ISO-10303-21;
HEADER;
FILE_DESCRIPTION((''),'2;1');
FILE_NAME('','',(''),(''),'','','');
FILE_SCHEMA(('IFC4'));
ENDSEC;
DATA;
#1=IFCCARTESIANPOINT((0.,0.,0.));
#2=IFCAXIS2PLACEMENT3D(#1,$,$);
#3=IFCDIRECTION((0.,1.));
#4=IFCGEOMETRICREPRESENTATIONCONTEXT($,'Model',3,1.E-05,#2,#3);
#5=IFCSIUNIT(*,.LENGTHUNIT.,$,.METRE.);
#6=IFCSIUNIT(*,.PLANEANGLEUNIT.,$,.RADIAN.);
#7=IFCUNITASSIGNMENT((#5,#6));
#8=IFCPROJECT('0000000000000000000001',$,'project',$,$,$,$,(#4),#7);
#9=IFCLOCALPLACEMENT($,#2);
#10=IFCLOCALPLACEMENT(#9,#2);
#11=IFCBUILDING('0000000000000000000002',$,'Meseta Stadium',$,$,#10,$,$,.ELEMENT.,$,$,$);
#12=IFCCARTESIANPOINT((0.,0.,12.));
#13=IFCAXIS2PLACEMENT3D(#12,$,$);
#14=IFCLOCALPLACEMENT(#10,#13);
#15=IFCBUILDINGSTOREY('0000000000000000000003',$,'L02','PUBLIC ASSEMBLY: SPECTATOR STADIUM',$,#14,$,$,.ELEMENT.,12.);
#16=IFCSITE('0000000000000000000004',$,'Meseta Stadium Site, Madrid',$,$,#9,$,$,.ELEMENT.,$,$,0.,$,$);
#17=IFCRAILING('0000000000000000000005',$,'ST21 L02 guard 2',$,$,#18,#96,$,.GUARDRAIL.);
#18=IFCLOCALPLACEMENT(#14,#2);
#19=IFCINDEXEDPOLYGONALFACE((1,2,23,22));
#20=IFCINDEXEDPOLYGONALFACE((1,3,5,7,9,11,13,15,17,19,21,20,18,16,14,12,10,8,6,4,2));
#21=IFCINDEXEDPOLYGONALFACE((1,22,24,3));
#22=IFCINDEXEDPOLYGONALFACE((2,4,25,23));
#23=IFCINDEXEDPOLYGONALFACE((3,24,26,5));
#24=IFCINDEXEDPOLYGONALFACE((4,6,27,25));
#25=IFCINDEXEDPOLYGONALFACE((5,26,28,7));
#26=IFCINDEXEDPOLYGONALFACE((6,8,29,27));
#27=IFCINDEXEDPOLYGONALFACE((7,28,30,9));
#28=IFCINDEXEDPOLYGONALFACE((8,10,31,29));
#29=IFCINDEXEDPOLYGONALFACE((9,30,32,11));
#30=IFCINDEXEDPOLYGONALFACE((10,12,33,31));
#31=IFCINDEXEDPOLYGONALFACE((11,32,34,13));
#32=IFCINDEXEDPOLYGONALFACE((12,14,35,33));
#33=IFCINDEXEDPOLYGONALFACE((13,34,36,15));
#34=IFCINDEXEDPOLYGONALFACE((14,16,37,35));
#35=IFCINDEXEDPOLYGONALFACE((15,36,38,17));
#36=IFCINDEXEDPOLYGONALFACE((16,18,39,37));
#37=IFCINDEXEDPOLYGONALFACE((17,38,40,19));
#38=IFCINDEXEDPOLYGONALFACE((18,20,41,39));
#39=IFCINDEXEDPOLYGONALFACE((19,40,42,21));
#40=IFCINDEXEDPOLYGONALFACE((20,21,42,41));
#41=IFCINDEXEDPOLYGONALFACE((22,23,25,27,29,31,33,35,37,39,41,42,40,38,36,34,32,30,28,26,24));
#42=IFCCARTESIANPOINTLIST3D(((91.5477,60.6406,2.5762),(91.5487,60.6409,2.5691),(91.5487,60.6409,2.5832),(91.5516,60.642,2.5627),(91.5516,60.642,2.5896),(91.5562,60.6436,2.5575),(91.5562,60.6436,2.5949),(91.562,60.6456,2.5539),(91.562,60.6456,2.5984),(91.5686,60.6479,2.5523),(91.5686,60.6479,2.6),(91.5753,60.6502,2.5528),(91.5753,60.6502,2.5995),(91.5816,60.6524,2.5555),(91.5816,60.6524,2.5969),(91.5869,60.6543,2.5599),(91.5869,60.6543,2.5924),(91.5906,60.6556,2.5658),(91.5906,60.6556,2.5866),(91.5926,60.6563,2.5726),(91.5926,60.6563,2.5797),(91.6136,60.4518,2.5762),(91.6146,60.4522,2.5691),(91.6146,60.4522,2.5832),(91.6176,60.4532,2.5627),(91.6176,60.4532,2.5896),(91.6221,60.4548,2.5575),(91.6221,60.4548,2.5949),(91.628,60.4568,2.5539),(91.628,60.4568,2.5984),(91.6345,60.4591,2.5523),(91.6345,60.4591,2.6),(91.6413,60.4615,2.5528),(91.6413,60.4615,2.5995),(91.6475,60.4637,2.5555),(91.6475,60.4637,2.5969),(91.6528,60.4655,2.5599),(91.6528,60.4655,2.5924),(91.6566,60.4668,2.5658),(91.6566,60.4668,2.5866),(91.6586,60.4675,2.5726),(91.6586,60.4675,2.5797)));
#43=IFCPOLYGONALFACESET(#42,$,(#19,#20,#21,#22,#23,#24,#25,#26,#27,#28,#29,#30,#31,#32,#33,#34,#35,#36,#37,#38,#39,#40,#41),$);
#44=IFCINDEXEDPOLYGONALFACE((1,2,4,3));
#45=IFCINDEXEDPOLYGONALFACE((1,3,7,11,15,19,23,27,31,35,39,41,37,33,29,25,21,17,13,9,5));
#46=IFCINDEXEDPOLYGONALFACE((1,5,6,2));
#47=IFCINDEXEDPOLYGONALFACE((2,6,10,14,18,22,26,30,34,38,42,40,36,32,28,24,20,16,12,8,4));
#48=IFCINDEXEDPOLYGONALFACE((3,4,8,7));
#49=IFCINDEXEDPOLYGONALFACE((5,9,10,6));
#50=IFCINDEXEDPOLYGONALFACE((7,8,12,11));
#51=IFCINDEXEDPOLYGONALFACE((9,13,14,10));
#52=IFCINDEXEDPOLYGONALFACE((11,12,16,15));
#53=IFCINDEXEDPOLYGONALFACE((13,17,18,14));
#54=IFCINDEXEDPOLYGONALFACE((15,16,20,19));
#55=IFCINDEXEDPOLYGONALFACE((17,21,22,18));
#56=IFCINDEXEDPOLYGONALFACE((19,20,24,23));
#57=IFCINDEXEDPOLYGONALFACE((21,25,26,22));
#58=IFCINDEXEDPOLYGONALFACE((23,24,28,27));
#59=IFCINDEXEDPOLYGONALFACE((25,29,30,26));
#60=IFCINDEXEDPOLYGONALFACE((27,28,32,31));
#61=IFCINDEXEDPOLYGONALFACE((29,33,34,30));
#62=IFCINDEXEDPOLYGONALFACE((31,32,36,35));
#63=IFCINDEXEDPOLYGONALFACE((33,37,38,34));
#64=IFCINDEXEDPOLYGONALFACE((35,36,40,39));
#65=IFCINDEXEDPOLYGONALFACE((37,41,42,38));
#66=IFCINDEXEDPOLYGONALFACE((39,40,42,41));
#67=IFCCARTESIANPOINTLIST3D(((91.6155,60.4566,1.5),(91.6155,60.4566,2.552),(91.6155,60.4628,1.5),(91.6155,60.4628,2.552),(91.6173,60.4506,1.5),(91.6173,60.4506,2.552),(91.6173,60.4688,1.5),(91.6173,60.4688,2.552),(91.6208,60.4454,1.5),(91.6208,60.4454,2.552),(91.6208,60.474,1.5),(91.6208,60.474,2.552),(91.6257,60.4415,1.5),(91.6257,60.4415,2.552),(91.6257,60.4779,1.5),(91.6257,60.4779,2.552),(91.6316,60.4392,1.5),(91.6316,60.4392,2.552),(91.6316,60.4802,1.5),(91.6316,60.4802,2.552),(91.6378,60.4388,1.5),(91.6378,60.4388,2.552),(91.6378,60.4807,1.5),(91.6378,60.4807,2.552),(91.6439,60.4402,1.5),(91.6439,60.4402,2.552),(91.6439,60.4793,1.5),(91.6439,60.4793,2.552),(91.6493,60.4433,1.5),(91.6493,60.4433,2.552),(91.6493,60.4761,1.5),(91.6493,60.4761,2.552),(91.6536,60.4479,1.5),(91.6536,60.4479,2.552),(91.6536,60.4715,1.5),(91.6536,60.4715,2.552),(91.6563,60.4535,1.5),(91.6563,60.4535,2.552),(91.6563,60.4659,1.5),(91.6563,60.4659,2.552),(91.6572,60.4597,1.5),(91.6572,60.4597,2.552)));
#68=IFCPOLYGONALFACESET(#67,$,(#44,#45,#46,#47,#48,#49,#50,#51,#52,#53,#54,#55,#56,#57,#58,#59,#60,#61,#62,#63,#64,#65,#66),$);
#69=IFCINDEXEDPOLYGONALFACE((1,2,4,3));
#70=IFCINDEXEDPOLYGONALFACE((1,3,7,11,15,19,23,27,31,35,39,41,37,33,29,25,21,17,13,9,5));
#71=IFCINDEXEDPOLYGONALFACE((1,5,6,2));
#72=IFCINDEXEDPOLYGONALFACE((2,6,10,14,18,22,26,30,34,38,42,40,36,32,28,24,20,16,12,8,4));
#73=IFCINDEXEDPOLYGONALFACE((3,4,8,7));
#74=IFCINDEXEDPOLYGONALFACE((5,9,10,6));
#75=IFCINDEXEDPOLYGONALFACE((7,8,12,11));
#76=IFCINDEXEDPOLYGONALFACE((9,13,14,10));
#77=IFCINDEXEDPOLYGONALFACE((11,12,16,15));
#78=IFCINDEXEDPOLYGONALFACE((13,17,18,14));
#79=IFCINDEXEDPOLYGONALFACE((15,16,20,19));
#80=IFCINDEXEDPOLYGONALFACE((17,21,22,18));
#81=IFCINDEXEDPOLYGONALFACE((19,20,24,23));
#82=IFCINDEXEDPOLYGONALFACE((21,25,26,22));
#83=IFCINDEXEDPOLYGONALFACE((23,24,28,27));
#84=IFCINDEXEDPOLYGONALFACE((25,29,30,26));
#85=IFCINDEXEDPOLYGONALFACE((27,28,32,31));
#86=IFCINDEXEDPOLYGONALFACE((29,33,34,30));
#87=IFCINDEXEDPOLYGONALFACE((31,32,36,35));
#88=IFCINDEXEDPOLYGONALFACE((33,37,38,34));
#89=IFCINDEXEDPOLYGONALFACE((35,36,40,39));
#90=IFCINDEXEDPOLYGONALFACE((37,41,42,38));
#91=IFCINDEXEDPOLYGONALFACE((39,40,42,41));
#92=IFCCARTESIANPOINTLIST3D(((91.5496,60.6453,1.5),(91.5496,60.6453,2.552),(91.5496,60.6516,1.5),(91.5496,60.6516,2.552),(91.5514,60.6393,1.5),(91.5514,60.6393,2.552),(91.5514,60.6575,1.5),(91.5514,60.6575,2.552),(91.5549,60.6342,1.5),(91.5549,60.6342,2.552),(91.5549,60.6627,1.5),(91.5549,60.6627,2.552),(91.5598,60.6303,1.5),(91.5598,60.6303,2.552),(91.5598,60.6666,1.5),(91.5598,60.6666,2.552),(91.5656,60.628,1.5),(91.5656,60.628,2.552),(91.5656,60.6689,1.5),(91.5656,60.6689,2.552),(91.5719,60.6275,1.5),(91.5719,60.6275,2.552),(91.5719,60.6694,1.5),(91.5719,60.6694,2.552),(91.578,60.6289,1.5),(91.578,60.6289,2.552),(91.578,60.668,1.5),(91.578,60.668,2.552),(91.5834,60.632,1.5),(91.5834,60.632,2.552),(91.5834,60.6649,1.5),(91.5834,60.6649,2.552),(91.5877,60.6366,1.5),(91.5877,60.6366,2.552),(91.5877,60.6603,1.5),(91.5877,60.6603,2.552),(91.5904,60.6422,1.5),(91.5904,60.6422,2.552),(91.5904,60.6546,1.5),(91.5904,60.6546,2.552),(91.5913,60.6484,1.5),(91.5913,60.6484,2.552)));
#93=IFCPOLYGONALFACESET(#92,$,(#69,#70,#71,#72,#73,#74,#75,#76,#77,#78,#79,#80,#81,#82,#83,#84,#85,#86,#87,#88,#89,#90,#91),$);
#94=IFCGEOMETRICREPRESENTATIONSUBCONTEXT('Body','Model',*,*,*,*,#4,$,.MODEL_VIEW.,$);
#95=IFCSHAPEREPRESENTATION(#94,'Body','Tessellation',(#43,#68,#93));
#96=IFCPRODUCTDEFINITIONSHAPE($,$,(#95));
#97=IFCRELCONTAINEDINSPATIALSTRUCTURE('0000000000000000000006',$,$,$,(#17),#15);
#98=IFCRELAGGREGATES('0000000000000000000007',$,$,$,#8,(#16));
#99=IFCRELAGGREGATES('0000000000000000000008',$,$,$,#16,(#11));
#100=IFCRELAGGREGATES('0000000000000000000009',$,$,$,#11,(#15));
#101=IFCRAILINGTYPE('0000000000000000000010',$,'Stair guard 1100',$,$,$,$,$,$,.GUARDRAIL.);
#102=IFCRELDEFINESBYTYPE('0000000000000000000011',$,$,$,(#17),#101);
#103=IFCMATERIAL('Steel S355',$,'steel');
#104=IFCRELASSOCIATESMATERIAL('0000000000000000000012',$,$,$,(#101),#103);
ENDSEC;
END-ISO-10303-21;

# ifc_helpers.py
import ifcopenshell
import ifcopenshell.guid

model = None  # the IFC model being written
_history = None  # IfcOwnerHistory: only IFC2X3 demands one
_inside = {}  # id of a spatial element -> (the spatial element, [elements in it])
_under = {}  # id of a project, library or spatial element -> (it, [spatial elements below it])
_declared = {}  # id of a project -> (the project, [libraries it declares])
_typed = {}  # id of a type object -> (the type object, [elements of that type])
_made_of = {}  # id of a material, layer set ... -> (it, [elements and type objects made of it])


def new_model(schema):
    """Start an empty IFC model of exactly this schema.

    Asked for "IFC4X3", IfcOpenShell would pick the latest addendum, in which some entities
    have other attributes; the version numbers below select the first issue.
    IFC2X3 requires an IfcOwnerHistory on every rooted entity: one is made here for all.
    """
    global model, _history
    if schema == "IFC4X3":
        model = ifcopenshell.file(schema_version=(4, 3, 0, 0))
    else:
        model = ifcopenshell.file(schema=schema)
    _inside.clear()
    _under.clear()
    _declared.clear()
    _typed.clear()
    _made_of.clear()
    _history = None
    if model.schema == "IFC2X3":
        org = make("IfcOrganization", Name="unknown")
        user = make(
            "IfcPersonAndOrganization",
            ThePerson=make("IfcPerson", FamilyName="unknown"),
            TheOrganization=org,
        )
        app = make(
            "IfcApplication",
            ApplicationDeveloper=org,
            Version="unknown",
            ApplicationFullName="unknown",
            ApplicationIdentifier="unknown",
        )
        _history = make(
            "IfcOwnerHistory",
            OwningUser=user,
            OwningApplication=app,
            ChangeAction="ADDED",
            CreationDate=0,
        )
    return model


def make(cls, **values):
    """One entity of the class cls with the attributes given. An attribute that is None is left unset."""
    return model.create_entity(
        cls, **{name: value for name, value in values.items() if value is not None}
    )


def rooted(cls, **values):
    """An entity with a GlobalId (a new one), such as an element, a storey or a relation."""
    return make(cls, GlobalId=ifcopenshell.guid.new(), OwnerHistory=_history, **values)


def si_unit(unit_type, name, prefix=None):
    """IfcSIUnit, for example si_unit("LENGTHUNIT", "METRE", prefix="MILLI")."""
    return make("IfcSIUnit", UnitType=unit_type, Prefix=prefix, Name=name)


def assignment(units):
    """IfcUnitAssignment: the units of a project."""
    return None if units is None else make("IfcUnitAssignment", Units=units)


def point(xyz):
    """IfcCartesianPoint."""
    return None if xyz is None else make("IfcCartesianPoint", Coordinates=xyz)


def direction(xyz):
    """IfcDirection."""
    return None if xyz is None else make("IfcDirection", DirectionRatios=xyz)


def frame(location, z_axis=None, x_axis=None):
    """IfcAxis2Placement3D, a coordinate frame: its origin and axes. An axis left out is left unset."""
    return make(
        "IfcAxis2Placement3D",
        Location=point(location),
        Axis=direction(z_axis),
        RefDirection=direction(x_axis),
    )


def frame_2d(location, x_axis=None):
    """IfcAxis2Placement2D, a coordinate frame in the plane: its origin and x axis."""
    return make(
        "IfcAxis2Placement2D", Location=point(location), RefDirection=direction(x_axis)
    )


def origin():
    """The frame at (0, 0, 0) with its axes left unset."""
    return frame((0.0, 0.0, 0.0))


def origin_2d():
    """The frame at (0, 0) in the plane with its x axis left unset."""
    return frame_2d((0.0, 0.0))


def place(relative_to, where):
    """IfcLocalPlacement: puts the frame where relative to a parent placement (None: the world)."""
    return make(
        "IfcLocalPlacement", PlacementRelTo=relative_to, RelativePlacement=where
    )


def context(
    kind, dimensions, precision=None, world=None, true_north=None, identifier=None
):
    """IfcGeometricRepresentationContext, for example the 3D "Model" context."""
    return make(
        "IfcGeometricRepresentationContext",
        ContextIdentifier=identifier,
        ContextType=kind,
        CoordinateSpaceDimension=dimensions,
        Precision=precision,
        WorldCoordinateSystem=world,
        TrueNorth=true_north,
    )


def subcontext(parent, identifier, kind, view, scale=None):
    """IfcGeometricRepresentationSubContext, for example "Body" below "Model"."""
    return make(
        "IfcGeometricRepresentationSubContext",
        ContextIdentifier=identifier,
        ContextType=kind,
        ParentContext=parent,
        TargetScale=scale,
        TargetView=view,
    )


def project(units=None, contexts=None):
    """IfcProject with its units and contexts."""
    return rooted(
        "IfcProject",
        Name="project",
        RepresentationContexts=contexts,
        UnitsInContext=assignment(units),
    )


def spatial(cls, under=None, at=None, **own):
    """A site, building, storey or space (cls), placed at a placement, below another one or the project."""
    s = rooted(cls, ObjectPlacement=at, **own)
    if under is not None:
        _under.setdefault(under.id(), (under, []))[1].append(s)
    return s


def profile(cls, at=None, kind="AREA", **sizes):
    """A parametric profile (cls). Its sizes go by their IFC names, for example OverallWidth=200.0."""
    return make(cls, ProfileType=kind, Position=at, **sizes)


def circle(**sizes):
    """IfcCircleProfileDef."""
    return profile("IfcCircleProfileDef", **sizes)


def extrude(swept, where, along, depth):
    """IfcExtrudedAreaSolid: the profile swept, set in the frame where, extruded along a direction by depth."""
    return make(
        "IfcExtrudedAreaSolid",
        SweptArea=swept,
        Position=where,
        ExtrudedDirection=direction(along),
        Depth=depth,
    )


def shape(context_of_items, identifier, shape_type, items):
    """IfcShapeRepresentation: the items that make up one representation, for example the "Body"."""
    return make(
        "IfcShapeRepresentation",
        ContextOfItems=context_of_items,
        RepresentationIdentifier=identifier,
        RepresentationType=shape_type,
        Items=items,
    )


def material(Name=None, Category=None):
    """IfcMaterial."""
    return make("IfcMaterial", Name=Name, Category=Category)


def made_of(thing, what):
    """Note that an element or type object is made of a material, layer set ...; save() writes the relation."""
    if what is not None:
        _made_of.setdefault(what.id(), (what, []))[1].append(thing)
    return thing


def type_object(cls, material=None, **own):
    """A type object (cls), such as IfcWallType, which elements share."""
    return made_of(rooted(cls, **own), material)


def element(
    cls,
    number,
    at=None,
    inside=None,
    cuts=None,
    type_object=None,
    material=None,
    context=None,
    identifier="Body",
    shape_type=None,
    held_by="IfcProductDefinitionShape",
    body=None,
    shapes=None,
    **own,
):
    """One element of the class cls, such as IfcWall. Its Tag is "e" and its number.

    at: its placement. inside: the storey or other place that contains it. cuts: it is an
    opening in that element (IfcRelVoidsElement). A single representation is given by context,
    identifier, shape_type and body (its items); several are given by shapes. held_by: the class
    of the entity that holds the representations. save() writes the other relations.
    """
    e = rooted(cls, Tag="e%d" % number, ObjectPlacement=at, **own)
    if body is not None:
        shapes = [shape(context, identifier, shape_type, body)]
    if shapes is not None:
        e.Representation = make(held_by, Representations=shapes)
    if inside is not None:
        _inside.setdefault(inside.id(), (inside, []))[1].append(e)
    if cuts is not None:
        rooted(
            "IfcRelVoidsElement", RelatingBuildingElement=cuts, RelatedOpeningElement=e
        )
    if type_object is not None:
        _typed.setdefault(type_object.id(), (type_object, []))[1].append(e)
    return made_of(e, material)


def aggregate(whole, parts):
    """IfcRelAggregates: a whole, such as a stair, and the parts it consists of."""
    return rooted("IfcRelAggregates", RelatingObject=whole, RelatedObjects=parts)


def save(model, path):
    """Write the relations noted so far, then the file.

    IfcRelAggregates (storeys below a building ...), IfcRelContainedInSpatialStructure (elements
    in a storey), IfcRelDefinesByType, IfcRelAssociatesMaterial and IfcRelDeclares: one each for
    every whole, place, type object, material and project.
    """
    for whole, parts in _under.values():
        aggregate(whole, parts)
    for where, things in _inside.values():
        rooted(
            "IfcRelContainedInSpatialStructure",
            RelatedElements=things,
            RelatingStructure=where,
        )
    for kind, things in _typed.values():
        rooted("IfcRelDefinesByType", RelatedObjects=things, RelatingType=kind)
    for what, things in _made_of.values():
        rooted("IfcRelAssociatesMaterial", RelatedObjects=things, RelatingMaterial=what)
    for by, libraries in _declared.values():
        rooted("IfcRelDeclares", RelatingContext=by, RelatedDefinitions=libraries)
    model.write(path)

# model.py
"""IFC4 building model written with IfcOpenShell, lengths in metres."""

from ifc_helpers import new_model, si_unit, direction, frame, origin, origin_2d, place, context, subcontext, project, spatial, circle, extrude, material, type_object, element, save


model = new_model("IFC4")

# Units and contexts
model_context = context("Model", 3, precision=1e-05, world=origin(), true_north=direction((0.0, 1.0)))
body_context = subcontext(model_context, "Body", "Model", "MODEL_VIEW")
ifc_project = project(units=[si_unit("LENGTHUNIT", "METRE"), si_unit("PLANEANGLEUNIT", "RADIAN")], contexts=[model_context])

# Site, building, storey
site_placement = place(None, origin())
site = spatial("IfcSite", under=ifc_project, at=site_placement, Name="Meseta Stadium Site, Madrid", CompositionType="ELEMENT", RefElevation=0.0)
building_placement = place(site_placement, origin())
building = spatial("IfcBuilding", under=site, at=building_placement, Name="Meseta Stadium", CompositionType="ELEMENT")
storey_placement = place(building_placement, frame((0.0, 0.0, 12.0)))
storey = spatial("IfcBuildingStorey", under=building, at=storey_placement, Name="L02", Description="PUBLIC ASSEMBLY: SPECTATOR STADIUM", CompositionType="ELEMENT", Elevation=12.0)

# Railing
ifc_material_1 = material(Name="Steel S355", Category="steel")
railing_type_1 = type_object("IfcRailingType", Name="Stair guard 1100", PredefinedType="GUARDRAIL", material=ifc_material_1)
railing_1_placement = place(storey_placement, frame((91.6362, 60.4597, 1.5)))
element("IfcRailing", 1, at=railing_1_placement, inside=storey, type_object=railing_type_1, Name="ST21 L02 guard 2", PredefinedType="GUARDRAIL", context=body_context, shape_type="SweptSolid", body=[
    extrude(circle(Radius=0.0239, at=origin_2d()), frame((0.0, 0.0, 1.0762), z_axis=(-0.329752, 0.944068, 0.0), x_axis=(-0.944068, -0.329752, 0.0)), (0.0, 0.0, 1.0), 0.2),
    extrude(circle(Radius=0.021, at=origin_2d()), origin(), (0.0, 0.0, 1.0), 1.052),
    extrude(circle(Radius=0.021, at=origin_2d()), frame((-0.0659, 0.1887, 0.0)), (0.0, 0.0, 1.0), 1.052),
])

save(model, "model.ifc")
